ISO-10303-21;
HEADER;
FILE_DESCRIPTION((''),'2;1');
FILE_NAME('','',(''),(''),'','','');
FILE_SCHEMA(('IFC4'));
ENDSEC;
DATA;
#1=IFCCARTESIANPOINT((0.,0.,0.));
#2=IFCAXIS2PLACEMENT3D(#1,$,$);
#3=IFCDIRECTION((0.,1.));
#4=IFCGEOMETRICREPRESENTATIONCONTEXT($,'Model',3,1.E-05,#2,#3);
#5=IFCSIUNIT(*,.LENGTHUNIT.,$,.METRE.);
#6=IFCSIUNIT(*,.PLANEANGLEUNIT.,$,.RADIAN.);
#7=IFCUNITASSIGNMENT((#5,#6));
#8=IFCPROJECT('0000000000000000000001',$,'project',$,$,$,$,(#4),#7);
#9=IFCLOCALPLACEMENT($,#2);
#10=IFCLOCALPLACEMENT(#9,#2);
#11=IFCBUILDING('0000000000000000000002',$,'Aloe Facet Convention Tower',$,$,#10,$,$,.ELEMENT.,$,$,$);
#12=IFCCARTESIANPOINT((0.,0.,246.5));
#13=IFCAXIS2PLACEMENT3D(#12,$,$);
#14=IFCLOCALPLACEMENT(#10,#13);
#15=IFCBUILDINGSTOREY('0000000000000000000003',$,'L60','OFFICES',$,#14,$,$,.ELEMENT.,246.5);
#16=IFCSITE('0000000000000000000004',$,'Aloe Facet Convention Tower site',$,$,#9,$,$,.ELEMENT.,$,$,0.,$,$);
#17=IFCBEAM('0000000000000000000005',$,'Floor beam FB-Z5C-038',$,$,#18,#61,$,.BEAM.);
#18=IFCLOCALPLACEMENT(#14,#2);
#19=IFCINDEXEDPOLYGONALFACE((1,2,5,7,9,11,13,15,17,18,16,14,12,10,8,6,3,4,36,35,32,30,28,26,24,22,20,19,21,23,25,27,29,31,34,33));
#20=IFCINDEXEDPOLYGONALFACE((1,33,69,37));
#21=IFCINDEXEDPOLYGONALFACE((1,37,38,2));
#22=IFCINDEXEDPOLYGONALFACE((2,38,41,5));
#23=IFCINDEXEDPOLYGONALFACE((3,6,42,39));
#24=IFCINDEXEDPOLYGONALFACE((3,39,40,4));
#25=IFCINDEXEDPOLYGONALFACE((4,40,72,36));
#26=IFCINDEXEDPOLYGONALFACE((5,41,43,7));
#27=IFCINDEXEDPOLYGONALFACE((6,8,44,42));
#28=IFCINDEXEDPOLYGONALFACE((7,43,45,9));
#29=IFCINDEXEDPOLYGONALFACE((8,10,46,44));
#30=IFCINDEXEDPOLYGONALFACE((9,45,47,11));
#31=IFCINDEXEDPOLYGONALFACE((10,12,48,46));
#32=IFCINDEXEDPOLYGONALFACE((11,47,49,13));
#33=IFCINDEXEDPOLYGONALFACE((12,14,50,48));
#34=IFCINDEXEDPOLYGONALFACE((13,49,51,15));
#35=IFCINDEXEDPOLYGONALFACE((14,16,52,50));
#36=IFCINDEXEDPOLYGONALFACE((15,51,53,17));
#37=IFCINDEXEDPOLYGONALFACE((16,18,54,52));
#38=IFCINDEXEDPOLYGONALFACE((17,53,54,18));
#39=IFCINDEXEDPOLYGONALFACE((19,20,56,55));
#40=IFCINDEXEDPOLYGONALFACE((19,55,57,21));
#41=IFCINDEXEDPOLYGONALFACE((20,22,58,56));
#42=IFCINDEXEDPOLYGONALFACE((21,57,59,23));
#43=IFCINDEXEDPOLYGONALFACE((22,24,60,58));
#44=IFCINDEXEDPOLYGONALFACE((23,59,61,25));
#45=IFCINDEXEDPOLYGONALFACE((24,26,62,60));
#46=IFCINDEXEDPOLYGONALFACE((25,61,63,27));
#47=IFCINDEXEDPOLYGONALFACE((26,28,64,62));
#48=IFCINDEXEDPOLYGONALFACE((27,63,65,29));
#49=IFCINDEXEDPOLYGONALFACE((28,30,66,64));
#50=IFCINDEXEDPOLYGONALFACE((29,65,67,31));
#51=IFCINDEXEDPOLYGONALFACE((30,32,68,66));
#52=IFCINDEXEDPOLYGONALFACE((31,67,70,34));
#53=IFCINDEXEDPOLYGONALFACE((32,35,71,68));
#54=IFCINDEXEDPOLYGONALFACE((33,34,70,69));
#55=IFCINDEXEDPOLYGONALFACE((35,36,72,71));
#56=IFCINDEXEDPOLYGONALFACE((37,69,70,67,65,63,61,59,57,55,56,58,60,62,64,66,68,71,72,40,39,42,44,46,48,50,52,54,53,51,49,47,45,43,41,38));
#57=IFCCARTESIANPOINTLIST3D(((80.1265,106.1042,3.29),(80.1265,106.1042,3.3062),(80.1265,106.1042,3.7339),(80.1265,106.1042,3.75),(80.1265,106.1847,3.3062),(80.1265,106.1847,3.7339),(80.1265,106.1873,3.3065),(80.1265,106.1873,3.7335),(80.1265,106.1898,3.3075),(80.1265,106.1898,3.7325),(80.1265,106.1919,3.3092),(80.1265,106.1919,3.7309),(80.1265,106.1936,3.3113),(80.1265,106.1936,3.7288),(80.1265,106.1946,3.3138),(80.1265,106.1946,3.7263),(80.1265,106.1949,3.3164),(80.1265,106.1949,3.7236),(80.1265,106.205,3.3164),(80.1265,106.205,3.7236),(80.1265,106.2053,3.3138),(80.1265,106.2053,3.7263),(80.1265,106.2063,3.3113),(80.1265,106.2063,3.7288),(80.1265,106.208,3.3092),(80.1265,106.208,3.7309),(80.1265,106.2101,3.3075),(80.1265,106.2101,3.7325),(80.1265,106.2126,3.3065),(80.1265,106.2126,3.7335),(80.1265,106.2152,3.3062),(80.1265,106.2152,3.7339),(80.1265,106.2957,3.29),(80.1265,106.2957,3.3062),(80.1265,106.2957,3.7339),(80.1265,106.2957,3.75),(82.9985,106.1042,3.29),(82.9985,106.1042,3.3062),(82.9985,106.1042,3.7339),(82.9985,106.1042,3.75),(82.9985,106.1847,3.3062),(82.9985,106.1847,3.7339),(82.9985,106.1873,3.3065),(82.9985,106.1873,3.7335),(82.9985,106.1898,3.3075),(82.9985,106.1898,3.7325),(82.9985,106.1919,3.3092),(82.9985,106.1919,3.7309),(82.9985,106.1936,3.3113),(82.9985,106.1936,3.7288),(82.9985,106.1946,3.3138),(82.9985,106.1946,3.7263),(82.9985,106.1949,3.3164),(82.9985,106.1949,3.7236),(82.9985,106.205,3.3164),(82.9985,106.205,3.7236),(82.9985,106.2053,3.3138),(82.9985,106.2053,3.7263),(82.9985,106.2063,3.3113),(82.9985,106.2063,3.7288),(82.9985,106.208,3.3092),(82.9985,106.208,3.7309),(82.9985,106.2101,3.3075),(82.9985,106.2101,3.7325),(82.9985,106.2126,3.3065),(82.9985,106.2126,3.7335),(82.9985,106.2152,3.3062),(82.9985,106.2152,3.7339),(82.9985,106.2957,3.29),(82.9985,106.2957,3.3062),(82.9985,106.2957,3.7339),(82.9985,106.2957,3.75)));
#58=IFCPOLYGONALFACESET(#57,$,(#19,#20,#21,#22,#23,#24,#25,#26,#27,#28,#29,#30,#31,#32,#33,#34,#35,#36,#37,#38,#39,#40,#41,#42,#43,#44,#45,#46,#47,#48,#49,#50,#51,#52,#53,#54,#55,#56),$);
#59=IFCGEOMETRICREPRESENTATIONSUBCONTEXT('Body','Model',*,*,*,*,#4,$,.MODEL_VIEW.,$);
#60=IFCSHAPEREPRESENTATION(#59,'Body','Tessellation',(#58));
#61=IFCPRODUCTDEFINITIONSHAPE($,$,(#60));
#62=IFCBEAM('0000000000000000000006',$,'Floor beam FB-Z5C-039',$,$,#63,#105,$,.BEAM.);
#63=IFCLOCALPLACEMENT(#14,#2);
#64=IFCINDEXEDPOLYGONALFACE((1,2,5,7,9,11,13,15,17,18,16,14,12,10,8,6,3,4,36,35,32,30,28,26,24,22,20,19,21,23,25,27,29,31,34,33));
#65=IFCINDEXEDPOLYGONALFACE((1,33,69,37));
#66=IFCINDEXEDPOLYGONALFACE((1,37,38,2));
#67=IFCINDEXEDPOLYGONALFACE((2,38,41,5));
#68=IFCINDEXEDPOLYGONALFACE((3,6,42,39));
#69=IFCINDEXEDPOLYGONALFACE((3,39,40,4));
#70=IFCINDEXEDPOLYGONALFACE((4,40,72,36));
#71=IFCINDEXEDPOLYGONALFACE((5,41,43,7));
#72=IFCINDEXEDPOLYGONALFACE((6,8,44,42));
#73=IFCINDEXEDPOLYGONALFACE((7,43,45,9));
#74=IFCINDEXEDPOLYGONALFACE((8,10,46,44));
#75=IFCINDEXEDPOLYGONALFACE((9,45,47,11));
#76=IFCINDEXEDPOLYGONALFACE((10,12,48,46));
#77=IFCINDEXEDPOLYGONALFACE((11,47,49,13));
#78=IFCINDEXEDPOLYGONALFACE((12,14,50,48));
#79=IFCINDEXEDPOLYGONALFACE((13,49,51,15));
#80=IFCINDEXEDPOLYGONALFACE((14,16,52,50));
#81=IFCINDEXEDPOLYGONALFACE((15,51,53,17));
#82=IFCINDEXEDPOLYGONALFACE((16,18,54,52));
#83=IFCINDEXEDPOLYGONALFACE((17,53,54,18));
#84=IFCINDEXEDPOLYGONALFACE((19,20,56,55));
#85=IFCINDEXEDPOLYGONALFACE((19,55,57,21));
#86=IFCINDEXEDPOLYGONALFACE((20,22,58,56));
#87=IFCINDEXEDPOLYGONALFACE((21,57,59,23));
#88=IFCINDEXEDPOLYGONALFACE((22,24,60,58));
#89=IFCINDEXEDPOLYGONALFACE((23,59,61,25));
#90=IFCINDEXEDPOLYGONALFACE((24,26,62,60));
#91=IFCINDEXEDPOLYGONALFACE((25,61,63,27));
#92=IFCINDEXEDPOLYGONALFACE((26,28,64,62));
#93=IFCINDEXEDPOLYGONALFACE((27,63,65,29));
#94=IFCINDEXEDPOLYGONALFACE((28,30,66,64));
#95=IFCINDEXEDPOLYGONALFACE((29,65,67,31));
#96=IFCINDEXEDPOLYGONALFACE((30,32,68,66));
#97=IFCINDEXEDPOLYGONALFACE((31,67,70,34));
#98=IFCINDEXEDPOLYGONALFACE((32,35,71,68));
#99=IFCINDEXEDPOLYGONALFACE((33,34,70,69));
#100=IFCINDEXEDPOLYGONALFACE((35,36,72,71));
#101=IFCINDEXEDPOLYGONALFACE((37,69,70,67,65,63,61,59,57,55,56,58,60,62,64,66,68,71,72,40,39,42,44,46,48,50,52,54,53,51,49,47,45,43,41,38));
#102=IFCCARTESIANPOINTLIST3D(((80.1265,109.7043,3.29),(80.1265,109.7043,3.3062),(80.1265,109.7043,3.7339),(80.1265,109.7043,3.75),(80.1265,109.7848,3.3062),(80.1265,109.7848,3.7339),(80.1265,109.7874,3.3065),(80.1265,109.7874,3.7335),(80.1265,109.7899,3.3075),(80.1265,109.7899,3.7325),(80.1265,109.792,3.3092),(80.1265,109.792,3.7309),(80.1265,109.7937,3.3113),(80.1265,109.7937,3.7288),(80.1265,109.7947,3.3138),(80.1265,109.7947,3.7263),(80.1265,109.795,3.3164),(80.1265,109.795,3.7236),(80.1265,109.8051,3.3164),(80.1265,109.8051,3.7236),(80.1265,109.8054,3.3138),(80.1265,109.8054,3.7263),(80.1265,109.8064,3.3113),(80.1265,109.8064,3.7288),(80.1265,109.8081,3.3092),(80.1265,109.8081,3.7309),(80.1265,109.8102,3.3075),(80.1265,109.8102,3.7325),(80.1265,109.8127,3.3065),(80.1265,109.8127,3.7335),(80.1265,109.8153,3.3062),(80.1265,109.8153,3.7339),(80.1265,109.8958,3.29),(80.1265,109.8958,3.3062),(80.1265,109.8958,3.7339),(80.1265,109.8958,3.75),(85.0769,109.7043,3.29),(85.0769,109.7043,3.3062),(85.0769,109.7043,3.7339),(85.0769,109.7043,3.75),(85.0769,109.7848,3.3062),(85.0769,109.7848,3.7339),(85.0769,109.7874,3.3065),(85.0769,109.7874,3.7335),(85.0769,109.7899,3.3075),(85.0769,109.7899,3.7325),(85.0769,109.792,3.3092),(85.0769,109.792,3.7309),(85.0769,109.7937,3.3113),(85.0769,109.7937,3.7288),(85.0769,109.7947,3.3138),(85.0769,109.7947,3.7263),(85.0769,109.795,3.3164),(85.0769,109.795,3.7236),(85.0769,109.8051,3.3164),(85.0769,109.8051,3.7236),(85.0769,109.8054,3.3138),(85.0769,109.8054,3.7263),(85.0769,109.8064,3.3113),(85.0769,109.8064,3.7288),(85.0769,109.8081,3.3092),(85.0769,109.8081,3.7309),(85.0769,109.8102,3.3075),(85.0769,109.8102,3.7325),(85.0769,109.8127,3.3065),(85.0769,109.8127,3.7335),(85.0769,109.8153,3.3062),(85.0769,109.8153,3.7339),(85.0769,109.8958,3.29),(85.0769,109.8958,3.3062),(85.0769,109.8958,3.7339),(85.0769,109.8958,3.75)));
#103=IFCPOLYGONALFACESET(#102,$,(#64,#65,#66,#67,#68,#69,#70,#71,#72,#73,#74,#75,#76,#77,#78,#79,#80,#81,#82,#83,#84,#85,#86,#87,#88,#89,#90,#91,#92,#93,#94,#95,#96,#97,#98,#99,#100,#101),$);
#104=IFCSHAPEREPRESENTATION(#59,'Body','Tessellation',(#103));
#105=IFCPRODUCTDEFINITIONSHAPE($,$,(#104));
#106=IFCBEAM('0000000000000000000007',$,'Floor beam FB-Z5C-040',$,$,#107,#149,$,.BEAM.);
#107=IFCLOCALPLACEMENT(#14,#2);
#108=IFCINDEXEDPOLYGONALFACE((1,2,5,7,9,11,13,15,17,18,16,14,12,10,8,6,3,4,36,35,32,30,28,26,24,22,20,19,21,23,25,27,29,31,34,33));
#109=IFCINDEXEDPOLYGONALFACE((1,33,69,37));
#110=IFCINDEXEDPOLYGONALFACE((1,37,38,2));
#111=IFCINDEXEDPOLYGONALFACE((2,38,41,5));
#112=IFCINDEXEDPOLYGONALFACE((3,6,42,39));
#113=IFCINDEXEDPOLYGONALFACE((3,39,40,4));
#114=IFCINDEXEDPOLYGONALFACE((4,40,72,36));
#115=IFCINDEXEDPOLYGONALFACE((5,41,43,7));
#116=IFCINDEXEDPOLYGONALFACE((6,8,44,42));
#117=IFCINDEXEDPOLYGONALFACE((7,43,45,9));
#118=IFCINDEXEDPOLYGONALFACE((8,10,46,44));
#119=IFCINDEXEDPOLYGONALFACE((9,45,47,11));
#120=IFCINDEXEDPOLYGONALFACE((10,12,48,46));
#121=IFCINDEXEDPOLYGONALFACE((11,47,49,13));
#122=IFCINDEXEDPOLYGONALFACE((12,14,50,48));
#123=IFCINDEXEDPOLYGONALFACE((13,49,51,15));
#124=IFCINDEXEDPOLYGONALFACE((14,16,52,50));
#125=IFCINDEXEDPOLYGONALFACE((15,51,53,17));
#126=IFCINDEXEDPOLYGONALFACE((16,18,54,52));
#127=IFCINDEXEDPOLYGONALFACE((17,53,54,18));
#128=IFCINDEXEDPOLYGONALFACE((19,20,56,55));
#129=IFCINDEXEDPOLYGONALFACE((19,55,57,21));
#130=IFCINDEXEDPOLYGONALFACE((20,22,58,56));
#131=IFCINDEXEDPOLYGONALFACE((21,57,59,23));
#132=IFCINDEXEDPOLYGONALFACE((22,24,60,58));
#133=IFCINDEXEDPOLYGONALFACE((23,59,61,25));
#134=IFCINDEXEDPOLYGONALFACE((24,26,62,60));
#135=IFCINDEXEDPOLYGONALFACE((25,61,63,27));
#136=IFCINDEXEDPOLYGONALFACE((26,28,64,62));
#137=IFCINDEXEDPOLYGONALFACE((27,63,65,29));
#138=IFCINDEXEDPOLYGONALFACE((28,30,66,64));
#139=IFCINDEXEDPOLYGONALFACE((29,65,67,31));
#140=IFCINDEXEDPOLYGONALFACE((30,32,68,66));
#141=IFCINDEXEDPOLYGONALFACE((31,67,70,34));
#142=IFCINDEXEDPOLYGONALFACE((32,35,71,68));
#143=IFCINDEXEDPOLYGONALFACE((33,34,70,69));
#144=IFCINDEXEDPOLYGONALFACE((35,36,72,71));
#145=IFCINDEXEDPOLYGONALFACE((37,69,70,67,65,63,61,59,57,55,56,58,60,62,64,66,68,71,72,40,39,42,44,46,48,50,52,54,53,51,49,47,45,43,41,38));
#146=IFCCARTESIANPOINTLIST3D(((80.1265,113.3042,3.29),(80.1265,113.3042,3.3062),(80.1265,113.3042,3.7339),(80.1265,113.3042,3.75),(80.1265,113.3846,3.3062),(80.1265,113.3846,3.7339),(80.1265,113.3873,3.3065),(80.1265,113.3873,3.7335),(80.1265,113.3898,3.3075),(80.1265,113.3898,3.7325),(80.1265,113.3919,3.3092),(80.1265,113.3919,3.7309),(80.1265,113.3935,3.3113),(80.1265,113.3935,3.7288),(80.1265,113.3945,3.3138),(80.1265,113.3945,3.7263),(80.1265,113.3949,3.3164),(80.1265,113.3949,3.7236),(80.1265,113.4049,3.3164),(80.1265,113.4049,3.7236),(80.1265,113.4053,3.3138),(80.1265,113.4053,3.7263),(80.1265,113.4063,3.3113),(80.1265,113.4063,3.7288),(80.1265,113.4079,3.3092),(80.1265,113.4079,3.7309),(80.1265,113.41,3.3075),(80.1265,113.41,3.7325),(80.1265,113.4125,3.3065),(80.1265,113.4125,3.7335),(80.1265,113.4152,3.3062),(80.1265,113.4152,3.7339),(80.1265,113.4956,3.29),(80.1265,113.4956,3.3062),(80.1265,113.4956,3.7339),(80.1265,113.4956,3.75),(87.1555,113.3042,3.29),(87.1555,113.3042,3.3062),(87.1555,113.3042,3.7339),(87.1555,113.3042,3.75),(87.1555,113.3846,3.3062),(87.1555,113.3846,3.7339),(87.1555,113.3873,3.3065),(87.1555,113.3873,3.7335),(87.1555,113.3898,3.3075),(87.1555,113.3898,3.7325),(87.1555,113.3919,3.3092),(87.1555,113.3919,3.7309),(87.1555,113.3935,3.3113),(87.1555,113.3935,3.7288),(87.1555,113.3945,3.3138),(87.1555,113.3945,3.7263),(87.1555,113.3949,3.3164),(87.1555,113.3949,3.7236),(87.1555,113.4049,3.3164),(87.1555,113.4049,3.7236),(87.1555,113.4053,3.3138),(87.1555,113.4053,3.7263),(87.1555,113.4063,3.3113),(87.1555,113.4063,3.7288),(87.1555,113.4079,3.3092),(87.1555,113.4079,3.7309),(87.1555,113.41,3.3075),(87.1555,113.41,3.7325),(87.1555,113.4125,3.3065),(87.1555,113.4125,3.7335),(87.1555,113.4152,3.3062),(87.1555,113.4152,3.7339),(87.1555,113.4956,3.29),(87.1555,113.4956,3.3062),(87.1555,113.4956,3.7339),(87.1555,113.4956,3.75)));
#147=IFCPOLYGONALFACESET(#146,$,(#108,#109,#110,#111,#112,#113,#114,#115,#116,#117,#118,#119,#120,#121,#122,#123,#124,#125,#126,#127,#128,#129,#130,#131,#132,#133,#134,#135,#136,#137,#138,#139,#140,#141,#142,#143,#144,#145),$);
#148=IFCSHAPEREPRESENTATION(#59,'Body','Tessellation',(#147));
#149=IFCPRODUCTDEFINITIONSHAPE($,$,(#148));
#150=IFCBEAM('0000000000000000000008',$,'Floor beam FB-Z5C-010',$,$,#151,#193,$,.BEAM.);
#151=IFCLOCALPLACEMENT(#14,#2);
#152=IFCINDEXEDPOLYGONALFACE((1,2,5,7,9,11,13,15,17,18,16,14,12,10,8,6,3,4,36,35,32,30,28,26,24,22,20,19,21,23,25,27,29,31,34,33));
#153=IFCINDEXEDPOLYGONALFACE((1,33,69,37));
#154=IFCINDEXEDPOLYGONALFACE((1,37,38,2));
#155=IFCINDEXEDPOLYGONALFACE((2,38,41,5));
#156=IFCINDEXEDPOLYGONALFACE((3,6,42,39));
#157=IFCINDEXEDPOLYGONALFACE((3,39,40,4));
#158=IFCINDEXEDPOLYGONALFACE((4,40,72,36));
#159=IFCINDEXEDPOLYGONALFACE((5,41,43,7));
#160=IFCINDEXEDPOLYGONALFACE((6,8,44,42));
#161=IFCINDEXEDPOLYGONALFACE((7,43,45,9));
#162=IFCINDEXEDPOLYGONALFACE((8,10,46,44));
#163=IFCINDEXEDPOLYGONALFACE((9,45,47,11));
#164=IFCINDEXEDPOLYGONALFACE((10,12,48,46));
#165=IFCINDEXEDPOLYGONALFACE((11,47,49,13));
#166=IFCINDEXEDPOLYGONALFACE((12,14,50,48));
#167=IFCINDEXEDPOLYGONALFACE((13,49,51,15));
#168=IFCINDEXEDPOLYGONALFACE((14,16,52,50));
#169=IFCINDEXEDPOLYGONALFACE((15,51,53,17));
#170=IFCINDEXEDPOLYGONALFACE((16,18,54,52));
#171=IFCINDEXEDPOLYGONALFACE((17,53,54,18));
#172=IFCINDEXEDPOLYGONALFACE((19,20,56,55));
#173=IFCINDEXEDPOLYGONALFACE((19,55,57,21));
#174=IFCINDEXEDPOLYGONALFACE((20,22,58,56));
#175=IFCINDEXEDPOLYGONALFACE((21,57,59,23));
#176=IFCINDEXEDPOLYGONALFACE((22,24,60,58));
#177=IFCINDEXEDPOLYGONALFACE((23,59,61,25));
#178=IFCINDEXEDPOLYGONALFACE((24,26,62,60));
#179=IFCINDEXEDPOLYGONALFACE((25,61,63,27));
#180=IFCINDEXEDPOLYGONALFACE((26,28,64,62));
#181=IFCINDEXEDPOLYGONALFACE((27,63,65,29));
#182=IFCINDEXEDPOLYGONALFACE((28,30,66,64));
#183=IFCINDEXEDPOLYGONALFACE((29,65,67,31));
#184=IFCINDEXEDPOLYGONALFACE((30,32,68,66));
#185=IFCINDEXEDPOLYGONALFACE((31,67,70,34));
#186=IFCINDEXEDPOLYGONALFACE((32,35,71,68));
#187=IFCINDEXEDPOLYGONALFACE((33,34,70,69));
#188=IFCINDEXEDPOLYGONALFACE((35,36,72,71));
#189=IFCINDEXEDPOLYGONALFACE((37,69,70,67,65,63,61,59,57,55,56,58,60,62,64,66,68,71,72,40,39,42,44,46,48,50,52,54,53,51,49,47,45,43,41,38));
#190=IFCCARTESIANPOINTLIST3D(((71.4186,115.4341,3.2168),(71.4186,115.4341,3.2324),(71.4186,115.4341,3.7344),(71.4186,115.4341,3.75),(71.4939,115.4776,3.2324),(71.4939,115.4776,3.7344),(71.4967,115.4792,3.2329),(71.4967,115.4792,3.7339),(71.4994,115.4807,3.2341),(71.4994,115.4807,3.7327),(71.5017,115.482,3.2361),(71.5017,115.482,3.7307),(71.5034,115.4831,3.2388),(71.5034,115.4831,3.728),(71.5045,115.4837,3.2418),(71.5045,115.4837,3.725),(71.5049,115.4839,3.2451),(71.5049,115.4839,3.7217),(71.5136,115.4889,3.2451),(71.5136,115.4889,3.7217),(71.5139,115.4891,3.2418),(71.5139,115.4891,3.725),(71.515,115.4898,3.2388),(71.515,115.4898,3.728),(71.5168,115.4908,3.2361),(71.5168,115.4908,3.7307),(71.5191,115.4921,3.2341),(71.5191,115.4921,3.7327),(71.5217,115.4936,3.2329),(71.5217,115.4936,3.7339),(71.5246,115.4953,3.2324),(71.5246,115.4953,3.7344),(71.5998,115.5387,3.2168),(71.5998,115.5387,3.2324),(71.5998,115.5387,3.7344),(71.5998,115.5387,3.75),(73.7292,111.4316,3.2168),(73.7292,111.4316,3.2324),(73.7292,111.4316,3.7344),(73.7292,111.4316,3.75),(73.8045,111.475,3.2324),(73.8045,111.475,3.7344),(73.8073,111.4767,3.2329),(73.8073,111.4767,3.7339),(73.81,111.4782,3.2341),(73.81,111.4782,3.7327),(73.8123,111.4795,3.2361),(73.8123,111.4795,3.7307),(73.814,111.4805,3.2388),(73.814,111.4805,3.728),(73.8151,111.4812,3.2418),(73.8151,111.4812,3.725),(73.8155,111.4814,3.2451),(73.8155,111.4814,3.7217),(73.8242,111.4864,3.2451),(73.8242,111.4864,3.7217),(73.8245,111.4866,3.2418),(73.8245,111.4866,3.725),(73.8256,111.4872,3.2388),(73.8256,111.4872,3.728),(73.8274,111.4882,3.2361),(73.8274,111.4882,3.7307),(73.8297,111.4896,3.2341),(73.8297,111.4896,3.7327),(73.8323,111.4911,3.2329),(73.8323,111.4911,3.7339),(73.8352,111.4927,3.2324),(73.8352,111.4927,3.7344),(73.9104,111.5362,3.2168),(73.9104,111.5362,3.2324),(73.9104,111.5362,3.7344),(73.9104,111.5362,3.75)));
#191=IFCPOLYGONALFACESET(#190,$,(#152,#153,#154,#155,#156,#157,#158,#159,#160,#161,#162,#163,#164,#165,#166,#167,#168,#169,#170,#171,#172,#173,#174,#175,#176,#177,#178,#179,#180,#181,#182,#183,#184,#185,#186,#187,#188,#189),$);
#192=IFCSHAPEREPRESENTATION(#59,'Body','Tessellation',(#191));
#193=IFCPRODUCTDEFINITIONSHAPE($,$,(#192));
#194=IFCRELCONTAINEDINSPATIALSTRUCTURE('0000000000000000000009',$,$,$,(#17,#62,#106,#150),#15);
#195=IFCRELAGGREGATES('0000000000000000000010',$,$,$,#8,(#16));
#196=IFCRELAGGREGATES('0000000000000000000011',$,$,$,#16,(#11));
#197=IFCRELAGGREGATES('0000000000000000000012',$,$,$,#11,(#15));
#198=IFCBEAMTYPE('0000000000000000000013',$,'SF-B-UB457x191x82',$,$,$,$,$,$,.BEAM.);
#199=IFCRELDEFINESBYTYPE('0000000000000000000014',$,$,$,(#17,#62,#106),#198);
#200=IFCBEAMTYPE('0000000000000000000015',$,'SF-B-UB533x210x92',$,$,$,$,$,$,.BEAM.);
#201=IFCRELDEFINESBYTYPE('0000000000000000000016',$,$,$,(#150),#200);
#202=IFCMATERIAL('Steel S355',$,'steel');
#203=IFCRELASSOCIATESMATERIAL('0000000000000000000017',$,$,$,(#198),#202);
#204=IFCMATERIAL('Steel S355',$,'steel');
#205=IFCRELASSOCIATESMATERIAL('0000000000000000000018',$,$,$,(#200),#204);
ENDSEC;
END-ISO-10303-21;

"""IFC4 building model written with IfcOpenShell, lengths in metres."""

from ifc_helpers import new_model, si_unit, direction, frame, origin, origin_2d, place, context, subcontext, project, spatial, i_section, extrude, material, material_profile, profile_set, type_object, element, save


model = new_model("IFC4")

# Units and contexts
model_context = context("Model", 3, precision=1e-05, world=origin(), true_north=direction((0.0, 1.0)))
body_context = subcontext(model_context, "Body", "Model", "MODEL_VIEW")
ifc_project = project(units=[si_unit("LENGTHUNIT", "METRE"), si_unit("PLANEANGLEUNIT", "RADIAN")], contexts=[model_context])

# Site, building, storey
site_placement = place(None, origin())
site = spatial("IfcSite", under=ifc_project, at=site_placement, Name="Aloe Facet Convention Tower site", CompositionType="ELEMENT", RefElevation=0.0)
building_placement = place(site_placement, origin())
building = spatial("IfcBuilding", under=site, at=building_placement, Name="Aloe Facet Convention Tower", CompositionType="ELEMENT")
storey_placement = place(building_placement, frame((0.0, 0.0, 246.5)))
storey = spatial("IfcBuildingStorey", under=building, at=storey_placement, Name="L60", Description="OFFICES", CompositionType="ELEMENT", Elevation=246.5)

# Beams
ifc_material_1 = material(Name="Steel S355", Category="steel")
ifc_material_profile_1 = material_profile(ifc_material_1, i_section(OverallWidth=0.1914, OverallDepth=0.46, WebThickness=0.01, FlangeThickness=0.0161, FilletRadius=0.0103, at=origin_2d()), Name="UB 457x191x82")
ifc_profile_set_1 = profile_set([ifc_material_profile_1], Name="Steel S355")
beam_type_1 = type_object("IfcBeamType", Name="SF-B-UB457x191x82", PredefinedType="BEAM", material=ifc_profile_set_1)
for number, where, z_axis, x_axis, name in (
    (1, (80.1265, 106.2, 3.52), (1.0, 0.0, 0.0), (0.0, 1.0, 0.0), "Floor beam FB-Z5C-038"),
):
    element("IfcBeam", number, at=place(storey_placement, frame(where, z_axis=z_axis, x_axis=x_axis)), inside=storey, type_object=beam_type_1, Name=name, PredefinedType="BEAM", context=body_context, shape_type="SweptSolid", body=[
        extrude(i_section(OverallWidth=0.1914, OverallDepth=0.46, WebThickness=0.01, FlangeThickness=0.0161, FilletRadius=0.0103, at=origin_2d()), origin(), (0.0, 0.0, 1.0), 2.8721),
    ])
beam_1_placement = place(storey_placement, frame((80.1265, 109.8, 3.52), z_axis=(1.0, 0.0, 0.0), x_axis=(0.0, 1.0, 0.0)))
element("IfcBeam", 2, at=beam_1_placement, inside=storey, type_object=beam_type_1, Name="Floor beam FB-Z5C-039", PredefinedType="BEAM", context=body_context, shape_type="SweptSolid", body=[
    extrude(i_section(OverallWidth=0.1914, OverallDepth=0.46, WebThickness=0.01, FlangeThickness=0.0161, FilletRadius=0.0103, at=origin_2d()), origin(), (0.0, 0.0, 1.0), 4.9504),
])
beam_2_placement = place(storey_placement, frame((80.1265, 113.3999, 3.52), z_axis=(1.0, 0.0, 0.0), x_axis=(0.0, 1.0, 0.0)))
element("IfcBeam", 3, at=beam_2_placement, inside=storey, type_object=beam_type_1, Name="Floor beam FB-Z5C-040", PredefinedType="BEAM", context=body_context, shape_type="SweptSolid", body=[
    extrude(i_section(OverallWidth=0.1914, OverallDepth=0.46, WebThickness=0.01, FlangeThickness=0.0161, FilletRadius=0.0103, at=origin_2d()), origin(), (0.0, 0.0, 1.0), 7.0291),
])
ifc_material_2 = material(Name="Steel S355", Category="steel")
ifc_material_profile_2 = material_profile(ifc_material_2, i_section(OverallWidth=0.2092, OverallDepth=0.5332, WebThickness=0.01, FlangeThickness=0.0156, FilletRadius=0.0127, at=origin_2d()), Name="UB 533x210x92")
ifc_profile_set_2 = profile_set([ifc_material_profile_2], Name="Steel S355")
beam_type_2 = type_object("IfcBeamType", Name="SF-B-UB533x210x92", PredefinedType="BEAM", material=ifc_profile_set_2)
beam_3_placement = place(storey_placement, frame((73.8198, 111.4839, 3.4834), z_axis=(-0.499957, 0.86605, 0.0), x_axis=(-0.86605, -0.499957, 0.0)))
element("IfcBeam", 4, at=beam_3_placement, inside=storey, type_object=beam_type_2, Name="Floor beam FB-Z5C-010", PredefinedType="BEAM", context=body_context, shape_type="SweptSolid", body=[
    extrude(i_section(OverallWidth=0.2092, OverallDepth=0.5332, WebThickness=0.01, FlangeThickness=0.0156, FilletRadius=0.0127, at=origin_2d()), origin(), (0.0, 0.0, 1.0), 4.6216),
])

save(model, "model.ifc")
